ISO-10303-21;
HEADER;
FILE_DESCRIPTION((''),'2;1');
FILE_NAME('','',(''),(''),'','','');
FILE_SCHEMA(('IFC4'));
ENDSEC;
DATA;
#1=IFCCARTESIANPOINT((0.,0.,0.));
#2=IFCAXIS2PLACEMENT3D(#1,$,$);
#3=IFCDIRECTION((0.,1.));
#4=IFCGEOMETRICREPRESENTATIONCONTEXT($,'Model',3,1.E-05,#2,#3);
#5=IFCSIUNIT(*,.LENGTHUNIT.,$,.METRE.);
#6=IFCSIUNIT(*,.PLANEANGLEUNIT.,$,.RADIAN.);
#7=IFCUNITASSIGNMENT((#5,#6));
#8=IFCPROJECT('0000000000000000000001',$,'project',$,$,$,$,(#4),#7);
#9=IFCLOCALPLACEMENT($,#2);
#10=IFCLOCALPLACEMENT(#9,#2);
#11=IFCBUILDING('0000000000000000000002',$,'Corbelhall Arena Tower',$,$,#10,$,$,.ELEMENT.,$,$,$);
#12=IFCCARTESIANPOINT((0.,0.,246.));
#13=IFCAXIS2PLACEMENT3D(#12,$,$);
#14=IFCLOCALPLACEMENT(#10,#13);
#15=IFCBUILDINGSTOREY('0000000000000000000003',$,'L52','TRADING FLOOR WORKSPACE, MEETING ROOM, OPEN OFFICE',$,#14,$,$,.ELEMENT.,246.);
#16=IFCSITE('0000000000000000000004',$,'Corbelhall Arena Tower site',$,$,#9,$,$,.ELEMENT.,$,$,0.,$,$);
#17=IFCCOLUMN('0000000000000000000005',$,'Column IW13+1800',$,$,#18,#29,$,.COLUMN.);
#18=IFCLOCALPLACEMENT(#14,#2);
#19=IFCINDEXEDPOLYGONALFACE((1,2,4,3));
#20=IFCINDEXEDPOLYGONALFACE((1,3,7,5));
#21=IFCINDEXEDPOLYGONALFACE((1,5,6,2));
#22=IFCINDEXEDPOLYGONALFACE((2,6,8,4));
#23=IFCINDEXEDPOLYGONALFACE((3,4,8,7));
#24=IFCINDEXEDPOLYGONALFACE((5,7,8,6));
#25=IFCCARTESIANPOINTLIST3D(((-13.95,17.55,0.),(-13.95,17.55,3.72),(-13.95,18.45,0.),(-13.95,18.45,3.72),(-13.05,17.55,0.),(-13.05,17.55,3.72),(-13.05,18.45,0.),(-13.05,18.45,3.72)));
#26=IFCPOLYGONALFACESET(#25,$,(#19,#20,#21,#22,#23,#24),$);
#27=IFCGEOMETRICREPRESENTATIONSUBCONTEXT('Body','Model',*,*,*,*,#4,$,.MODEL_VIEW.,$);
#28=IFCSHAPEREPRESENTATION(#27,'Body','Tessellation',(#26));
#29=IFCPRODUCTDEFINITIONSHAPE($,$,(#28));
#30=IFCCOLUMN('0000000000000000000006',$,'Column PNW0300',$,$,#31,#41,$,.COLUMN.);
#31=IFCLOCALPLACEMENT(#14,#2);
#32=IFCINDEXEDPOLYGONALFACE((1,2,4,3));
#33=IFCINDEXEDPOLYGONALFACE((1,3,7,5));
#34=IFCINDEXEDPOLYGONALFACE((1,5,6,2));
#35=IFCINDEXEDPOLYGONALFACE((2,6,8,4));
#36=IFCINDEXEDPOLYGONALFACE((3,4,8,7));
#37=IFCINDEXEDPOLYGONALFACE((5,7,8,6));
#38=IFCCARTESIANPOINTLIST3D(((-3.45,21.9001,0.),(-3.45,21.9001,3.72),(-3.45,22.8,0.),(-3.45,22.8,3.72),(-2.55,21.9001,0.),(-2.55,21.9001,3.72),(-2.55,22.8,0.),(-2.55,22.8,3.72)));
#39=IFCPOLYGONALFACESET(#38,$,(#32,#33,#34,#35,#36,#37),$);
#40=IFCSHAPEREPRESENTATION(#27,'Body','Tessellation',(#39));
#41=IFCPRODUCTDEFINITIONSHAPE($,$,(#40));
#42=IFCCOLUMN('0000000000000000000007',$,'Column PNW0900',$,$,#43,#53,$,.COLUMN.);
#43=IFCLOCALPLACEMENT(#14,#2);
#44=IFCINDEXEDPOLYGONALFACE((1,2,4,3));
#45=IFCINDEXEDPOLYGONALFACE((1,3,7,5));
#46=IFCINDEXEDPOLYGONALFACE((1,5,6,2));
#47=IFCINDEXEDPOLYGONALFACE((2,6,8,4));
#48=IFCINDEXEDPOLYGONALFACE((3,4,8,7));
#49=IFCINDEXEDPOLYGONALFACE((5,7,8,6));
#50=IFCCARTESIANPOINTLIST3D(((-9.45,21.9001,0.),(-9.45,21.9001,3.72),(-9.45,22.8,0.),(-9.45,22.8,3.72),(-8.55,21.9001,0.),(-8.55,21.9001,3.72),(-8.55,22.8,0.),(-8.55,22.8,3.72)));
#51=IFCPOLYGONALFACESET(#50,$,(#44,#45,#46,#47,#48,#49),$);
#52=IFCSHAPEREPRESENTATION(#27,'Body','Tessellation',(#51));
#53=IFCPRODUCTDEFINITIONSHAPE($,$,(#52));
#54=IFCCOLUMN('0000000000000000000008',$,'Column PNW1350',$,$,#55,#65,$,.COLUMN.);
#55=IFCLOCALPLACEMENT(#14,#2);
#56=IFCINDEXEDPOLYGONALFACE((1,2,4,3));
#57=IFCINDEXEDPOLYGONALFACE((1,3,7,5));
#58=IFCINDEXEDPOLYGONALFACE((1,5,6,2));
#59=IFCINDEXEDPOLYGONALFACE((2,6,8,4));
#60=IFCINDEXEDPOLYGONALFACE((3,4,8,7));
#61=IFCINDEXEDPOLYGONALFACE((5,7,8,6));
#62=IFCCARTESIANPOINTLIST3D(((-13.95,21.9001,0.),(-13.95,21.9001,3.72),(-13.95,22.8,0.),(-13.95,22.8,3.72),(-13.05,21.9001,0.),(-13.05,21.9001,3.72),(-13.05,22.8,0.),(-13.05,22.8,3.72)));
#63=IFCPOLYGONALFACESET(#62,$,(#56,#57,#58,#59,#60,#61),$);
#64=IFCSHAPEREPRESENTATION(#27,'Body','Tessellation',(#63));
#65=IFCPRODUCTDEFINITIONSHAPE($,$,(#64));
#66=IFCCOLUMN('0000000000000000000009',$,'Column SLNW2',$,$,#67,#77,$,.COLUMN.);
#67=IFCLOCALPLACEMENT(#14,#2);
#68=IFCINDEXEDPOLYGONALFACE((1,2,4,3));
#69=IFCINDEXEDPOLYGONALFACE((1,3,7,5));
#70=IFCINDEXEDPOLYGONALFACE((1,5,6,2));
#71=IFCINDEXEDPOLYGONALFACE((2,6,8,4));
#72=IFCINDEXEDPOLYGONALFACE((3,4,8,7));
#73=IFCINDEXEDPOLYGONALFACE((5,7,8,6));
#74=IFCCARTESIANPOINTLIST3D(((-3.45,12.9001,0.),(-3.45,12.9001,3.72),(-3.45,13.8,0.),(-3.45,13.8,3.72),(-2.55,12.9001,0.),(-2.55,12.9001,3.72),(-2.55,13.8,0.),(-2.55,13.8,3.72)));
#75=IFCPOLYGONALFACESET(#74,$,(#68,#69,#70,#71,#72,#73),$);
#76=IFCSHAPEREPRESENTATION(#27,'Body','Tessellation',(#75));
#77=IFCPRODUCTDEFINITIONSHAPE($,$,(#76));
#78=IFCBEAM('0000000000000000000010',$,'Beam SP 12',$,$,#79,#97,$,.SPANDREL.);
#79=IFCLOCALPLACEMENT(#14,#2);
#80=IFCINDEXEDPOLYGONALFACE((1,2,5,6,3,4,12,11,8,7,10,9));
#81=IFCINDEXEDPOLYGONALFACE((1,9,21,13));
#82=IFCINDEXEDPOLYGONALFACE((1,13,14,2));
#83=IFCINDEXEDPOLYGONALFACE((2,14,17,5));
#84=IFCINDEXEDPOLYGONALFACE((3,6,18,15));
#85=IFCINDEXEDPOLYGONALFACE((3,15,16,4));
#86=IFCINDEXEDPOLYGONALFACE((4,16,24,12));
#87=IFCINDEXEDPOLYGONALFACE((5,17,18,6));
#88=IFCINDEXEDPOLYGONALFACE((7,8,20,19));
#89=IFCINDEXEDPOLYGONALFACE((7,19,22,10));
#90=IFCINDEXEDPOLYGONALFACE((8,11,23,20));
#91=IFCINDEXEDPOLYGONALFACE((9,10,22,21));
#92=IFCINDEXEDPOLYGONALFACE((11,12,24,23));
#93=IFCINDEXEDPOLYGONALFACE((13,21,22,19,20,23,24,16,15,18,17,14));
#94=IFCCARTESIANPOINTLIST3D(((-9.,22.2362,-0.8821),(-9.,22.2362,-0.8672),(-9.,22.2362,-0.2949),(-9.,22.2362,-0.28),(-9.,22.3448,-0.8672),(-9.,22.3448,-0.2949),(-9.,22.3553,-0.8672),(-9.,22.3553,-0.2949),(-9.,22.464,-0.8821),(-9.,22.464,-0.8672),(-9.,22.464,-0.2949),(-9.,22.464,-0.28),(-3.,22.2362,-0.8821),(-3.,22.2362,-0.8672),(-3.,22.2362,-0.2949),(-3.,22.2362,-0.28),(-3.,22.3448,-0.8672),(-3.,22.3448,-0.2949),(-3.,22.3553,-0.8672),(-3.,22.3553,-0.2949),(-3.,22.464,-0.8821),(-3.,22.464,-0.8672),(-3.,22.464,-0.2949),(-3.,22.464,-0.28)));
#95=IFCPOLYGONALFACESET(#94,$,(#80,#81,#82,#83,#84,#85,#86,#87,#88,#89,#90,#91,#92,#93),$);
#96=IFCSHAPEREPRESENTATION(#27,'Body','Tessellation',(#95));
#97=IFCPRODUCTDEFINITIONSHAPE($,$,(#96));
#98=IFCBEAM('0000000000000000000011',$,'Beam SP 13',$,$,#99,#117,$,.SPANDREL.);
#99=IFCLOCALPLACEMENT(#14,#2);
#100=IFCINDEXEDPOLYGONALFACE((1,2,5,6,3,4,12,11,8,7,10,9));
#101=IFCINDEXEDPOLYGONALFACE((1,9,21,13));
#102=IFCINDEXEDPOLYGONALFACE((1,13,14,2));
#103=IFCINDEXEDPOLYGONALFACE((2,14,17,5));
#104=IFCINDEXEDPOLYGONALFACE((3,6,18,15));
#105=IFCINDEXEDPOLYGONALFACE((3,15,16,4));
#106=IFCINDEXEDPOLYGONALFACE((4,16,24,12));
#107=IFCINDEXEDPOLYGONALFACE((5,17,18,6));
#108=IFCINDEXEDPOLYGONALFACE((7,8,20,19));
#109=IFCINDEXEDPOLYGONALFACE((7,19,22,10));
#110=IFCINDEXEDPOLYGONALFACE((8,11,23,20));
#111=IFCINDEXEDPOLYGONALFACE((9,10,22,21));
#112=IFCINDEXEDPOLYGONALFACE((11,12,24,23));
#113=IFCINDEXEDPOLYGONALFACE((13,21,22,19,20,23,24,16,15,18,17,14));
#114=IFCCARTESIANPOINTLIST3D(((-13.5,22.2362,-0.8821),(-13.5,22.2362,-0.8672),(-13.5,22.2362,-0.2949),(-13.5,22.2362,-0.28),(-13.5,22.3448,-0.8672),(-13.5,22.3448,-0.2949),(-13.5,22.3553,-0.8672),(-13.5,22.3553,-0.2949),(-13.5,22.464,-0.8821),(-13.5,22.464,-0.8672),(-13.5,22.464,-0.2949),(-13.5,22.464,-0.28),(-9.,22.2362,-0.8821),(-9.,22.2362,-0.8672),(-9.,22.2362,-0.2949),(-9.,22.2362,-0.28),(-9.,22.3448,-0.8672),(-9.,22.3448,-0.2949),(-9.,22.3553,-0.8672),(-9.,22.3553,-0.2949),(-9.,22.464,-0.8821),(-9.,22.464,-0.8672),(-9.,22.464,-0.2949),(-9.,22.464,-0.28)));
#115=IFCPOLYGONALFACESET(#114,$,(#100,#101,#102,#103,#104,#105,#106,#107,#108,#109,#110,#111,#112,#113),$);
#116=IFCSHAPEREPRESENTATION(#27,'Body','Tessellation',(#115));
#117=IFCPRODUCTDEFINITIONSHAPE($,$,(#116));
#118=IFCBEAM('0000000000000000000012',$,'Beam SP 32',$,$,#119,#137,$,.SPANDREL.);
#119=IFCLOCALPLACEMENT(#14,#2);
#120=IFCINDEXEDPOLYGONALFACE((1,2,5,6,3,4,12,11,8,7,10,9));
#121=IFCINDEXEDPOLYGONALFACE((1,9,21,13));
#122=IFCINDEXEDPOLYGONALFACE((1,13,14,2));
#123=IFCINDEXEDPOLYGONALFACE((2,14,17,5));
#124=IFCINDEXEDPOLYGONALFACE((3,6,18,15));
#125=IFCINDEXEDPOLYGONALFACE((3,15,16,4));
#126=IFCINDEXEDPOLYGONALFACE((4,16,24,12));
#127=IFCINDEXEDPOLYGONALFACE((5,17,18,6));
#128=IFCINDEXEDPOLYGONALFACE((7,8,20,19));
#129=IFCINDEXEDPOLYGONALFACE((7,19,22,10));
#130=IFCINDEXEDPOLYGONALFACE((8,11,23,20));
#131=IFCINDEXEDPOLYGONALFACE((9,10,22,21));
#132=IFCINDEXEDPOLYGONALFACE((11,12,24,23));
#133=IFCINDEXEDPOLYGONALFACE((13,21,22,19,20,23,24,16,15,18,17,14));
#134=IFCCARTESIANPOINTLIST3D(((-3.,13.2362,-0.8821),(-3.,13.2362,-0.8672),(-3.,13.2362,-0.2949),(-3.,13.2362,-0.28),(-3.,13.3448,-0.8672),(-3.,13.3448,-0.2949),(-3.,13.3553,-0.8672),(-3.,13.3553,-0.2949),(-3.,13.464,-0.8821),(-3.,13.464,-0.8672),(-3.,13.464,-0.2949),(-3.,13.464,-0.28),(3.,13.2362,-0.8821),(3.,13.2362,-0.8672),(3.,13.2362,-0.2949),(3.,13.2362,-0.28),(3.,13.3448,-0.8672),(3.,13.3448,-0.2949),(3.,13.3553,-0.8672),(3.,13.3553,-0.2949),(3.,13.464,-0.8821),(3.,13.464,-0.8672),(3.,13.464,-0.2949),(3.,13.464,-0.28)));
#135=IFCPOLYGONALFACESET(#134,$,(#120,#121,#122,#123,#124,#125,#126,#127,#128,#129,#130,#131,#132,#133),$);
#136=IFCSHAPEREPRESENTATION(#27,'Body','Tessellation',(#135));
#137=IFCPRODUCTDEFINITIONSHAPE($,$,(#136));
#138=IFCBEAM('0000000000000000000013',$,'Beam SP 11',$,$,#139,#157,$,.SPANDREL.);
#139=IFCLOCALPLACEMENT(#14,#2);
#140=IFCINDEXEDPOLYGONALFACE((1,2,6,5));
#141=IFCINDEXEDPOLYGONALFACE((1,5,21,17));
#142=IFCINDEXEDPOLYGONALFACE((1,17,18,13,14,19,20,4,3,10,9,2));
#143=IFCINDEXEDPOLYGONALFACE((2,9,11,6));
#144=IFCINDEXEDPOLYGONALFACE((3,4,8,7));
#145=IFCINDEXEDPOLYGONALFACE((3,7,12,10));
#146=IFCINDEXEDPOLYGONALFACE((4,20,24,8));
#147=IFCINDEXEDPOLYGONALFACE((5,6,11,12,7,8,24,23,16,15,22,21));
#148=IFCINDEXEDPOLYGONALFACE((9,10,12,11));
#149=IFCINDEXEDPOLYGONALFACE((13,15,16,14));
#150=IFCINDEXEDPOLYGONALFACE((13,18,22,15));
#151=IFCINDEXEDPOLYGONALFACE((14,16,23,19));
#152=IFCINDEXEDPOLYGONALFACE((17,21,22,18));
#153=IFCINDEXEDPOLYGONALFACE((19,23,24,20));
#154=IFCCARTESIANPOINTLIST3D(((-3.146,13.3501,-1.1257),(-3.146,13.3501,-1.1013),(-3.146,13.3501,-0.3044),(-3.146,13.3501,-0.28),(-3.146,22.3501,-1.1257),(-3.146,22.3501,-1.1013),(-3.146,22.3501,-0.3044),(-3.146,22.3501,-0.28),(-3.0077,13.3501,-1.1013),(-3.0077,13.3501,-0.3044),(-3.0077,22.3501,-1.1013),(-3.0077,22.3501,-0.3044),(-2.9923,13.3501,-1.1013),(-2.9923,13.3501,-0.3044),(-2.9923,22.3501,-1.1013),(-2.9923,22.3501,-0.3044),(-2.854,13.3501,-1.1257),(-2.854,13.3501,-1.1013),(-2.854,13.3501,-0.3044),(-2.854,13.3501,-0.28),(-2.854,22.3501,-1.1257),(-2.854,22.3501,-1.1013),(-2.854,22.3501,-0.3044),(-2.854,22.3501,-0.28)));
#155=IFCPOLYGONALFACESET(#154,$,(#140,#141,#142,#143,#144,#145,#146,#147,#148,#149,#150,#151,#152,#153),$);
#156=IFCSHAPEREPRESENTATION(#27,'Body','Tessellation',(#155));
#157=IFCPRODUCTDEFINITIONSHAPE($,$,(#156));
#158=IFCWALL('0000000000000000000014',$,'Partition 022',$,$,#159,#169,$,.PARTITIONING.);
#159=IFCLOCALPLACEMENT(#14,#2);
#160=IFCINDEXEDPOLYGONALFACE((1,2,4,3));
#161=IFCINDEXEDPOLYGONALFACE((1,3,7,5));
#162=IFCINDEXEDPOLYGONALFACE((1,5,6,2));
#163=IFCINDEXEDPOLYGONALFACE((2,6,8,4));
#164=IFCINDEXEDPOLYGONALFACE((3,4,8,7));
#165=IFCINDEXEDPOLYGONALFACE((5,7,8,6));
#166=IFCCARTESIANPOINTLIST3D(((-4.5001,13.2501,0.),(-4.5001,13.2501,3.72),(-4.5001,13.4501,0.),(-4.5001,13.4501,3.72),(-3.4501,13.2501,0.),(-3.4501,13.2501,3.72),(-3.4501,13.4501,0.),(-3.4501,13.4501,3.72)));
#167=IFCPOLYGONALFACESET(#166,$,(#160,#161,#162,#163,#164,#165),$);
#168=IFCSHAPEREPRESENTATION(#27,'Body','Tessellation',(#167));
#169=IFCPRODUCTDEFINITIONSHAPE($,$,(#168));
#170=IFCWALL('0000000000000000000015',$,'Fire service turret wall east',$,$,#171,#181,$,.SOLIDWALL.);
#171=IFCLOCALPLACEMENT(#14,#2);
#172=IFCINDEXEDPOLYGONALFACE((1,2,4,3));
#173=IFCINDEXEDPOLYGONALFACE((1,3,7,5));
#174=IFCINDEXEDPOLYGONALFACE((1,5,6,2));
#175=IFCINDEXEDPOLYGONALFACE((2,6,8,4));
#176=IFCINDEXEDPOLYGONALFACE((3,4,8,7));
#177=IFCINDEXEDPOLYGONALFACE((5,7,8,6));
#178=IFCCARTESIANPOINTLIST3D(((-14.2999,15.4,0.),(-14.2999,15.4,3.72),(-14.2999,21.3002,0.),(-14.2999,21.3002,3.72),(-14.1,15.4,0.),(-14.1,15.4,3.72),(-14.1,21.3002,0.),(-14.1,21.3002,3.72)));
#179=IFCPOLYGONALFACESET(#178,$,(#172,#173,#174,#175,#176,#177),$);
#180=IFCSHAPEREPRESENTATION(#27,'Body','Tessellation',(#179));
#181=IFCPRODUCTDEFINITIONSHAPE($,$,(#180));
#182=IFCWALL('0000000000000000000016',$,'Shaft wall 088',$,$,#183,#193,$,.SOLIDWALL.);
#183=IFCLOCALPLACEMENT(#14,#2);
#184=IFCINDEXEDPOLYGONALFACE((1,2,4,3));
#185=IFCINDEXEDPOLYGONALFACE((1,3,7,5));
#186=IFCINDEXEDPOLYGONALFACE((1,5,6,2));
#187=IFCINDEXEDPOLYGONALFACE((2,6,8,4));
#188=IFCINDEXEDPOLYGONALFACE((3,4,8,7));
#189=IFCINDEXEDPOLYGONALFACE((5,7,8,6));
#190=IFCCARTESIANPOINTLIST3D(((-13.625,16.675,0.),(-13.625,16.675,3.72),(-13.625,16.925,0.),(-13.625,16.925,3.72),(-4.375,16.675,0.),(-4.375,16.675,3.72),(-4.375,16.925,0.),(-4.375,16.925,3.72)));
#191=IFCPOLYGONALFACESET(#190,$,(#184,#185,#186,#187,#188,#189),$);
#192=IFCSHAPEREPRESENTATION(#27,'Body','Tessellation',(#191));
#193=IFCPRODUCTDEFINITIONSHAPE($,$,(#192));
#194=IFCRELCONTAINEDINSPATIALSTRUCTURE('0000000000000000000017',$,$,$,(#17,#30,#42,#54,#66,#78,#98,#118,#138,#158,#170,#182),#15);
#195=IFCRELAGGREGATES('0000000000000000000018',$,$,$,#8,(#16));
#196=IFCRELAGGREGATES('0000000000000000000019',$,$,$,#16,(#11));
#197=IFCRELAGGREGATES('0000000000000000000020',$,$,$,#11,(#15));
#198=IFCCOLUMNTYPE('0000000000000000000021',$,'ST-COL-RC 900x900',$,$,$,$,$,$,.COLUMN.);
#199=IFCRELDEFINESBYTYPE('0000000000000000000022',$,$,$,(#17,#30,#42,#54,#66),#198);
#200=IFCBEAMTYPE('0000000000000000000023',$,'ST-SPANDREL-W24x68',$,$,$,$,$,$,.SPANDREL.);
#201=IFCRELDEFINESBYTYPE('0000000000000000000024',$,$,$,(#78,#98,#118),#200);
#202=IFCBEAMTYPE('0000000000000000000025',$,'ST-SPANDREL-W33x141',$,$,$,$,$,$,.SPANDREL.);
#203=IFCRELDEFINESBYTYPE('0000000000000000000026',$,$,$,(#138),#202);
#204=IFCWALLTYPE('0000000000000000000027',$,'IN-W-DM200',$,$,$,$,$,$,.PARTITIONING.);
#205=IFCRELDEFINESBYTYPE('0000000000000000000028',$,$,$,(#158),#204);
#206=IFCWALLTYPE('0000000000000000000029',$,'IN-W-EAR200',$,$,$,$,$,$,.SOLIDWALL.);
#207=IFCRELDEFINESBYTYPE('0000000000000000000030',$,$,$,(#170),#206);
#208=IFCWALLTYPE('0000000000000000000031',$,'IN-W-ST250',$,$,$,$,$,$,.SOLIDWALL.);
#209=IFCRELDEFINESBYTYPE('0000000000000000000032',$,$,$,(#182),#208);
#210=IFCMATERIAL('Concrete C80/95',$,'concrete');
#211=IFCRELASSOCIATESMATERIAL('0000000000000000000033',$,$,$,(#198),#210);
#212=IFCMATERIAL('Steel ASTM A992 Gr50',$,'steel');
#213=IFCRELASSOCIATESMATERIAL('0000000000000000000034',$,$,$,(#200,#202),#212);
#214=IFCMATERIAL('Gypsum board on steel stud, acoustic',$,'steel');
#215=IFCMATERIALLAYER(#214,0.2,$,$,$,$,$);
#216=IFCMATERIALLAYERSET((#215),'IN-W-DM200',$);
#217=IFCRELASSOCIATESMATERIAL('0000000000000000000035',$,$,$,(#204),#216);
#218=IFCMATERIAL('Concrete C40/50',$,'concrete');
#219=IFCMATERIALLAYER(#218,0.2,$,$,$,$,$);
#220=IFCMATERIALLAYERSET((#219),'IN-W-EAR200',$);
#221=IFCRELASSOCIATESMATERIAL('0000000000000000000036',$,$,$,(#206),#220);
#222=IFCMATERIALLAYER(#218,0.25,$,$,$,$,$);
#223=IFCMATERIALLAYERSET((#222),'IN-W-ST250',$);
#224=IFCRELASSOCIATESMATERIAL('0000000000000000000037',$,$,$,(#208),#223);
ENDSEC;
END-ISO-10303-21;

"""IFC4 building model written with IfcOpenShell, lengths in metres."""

from ifc_helpers import new_model, si_unit, direction, frame, frame_2d, origin, origin_2d, place, context, subcontext, project, spatial, rectangle, i_section, extrude, material, layer, layer_set, material_profile, profile_set, type_object, element, save


model = new_model("IFC4")

# Units and contexts
model_context = context("Model", 3, precision=1e-05, world=origin(), true_north=direction((0.0, 1.0)))
body_context = subcontext(model_context, "Body", "Model", "MODEL_VIEW")
ifc_project = project(units=[si_unit("LENGTHUNIT", "METRE"), si_unit("PLANEANGLEUNIT", "RADIAN")], contexts=[model_context])

# Site, building, storey
site_placement = place(None, origin())
site = spatial("IfcSite", under=ifc_project, at=site_placement, Name="Corbelhall Arena Tower site", CompositionType="ELEMENT", RefElevation=0.0)
building_placement = place(site_placement, origin())
building = spatial("IfcBuilding", under=site, at=building_placement, Name="Corbelhall Arena Tower", CompositionType="ELEMENT")
storey_placement = place(building_placement, frame((0.0, 0.0, 246.0)))
storey = spatial("IfcBuildingStorey", under=building, at=storey_placement, Name="L52", Description="TRADING FLOOR WORKSPACE, MEETING ROOM, OPEN OFFICE", CompositionType="ELEMENT", Elevation=246.0)

# Columns
ifc_material_1 = material(Name="Concrete C80/95", Category="concrete")
ifc_material_profile_1 = material_profile(ifc_material_1, rectangle(XDim=0.8999, YDim=0.8999, at=origin_2d()))
ifc_profile_set_1 = profile_set([ifc_material_profile_1], Name="Concrete C80/95")
column_type = type_object("IfcColumnType", Name="ST-COL-RC 900x900", PredefinedType="COLUMN", material=ifc_profile_set_1)
for number, where, z_axis, x_axis, name in (
    (1, (-13.5, 18.0, 0.0), (0.0, 0.0, 1.0), (1.0, 0.0, 0.0), "Column IW13+1800"),
    (2, (-3.0, 22.3501, 0.0), (0.0, 0.0, 1.0), (1.0, 0.0, 0.0), "Column PNW0300"),
    (3, (-9.0, 22.3501, 0.0), (0.0, 0.0, 1.0), (1.0, 0.0, 0.0), "Column PNW0900"),
    (4, (-13.5, 22.3501, 0.0), (0.0, 0.0, 1.0), (1.0, 0.0, 0.0), "Column PNW1350"),
    (5, (-3.0, 13.3501, 0.0), (0.0, 0.0, 1.0), (1.0, 0.0, 0.0), "Column SLNW2"),
):
    element("IfcColumn", number, at=place(storey_placement, frame(where, z_axis=z_axis, x_axis=x_axis)), inside=storey, type_object=column_type, Name=name, PredefinedType="COLUMN", context=body_context, shape_type="SweptSolid", body=[
        extrude(rectangle(XDim=0.8999, YDim=0.8999, at=origin_2d()), origin(), (0.0, 0.0, 1.0), 3.72),
    ])

# Beams
ifc_material_2 = material(Name="Steel ASTM A992 Gr50", Category="steel")
ifc_material_profile_2 = material_profile(ifc_material_2, i_section(OverallWidth=0.2278, OverallDepth=0.6021, WebThickness=0.0105, FlangeThickness=0.0149, at=origin_2d()))
ifc_profile_set_2 = profile_set([ifc_material_profile_2], Name="Steel ASTM A992 Gr50")
beam_type_1 = type_object("IfcBeamType", Name="ST-SPANDREL-W24x68", PredefinedType="SPANDREL", material=ifc_profile_set_2)
beam_1_placement = place(storey_placement, frame((-9.0, 22.3501, -0.5811), z_axis=(1.0, 0.0, 0.0), x_axis=(0.0, 1.0, 0.0)))
element("IfcBeam", 6, at=beam_1_placement, inside=storey, type_object=beam_type_1, Name="Beam SP 12", PredefinedType="SPANDREL", context=body_context, shape_type="SweptSolid", body=[
    extrude(i_section(OverallWidth=0.2278, OverallDepth=0.6021, WebThickness=0.0105, FlangeThickness=0.0149, at=origin_2d()), origin(), (0.0, 0.0, 1.0), 6.0),
])
beam_2_placement = place(storey_placement, frame((-13.5, 22.3501, -0.5811), z_axis=(1.0, 0.0, 0.0), x_axis=(0.0, 1.0, 0.0)))
element("IfcBeam", 7, at=beam_2_placement, inside=storey, type_object=beam_type_1, Name="Beam SP 13", PredefinedType="SPANDREL", context=body_context, shape_type="SweptSolid", body=[
    extrude(i_section(OverallWidth=0.2278, OverallDepth=0.6021, WebThickness=0.0105, FlangeThickness=0.0149, at=origin_2d()), origin(), (0.0, 0.0, 1.0), 4.5),
])
beam_3_placement = place(storey_placement, frame((-3.0, 13.3501, -0.5811), z_axis=(1.0, 0.0, 0.0), x_axis=(0.0, 1.0, 0.0)))
element("IfcBeam", 8, at=beam_3_placement, inside=storey, type_object=beam_type_1, Name="Beam SP 32", PredefinedType="SPANDREL", context=body_context, shape_type="SweptSolid", body=[
    extrude(i_section(OverallWidth=0.2278, OverallDepth=0.6021, WebThickness=0.0105, FlangeThickness=0.0149, at=origin_2d()), origin(), (0.0, 0.0, 1.0), 6.0),
])
ifc_material_profile_3 = material_profile(ifc_material_2, i_section(OverallWidth=0.292, OverallDepth=0.8457, WebThickness=0.0154, FlangeThickness=0.0244, at=origin_2d()))
ifc_profile_set_3 = profile_set([ifc_material_profile_3], Name="Steel ASTM A992 Gr50")
beam_type_2 = type_object("IfcBeamType", Name="ST-SPANDREL-W33x141", PredefinedType="SPANDREL", material=ifc_profile_set_3)
beam_4_placement = place(storey_placement, frame((-3.0, 22.3501, -0.7029), z_axis=(0.0, -1.0, 0.0), x_axis=(1.0, 0.0, 0.0)))
element("IfcBeam", 9, at=beam_4_placement, inside=storey, type_object=beam_type_2, Name="Beam SP 11", PredefinedType="SPANDREL", context=body_context, shape_type="SweptSolid", body=[
    extrude(i_section(OverallWidth=0.292, OverallDepth=0.8457, WebThickness=0.0154, FlangeThickness=0.0244, at=origin_2d()), origin(), (0.0, 0.0, 1.0), 9.0),
])

# Walls
ifc_material_3 = material(Name="Gypsum board on steel stud, acoustic", Category="steel")
ifc_layer_1 = layer(ifc_material_3, 0.2)
ifc_layer_set_1 = layer_set([ifc_layer_1], Name="IN-W-DM200")
wall_type_1 = type_object("IfcWallType", Name="IN-W-DM200", PredefinedType="PARTITIONING", material=ifc_layer_set_1)
wall_1_placement = place(storey_placement, frame((-4.5, 13.3501, 0.0), z_axis=(0.0, 0.0, 1.0), x_axis=(1.0, 0.0, 0.0)))
element("IfcWall", 10, at=wall_1_placement, inside=storey, type_object=wall_type_1, Name="Partition 022", PredefinedType="PARTITIONING", context=body_context, shape_type="SweptSolid", body=[
    extrude(rectangle(XDim=1.05, YDim=0.2, at=frame_2d((0.5249, 0.0))), origin(), (0.0, 0.0, 1.0), 3.72),
])
ifc_material_4 = material(Name="Concrete C40/50", Category="concrete")
ifc_layer_2 = layer(ifc_material_4, 0.2)
ifc_layer_set_2 = layer_set([ifc_layer_2], Name="IN-W-EAR200")
wall_type_2 = type_object("IfcWallType", Name="IN-W-EAR200", PredefinedType="SOLIDWALL", material=ifc_layer_set_2)
wall_2_placement = place(storey_placement, frame((-14.2, 15.3999, 0.0), z_axis=(0.0, 0.0, 1.0), x_axis=(0.0, 1.0, 0.0)))
element("IfcWall", 11, at=wall_2_placement, inside=storey, type_object=wall_type_2, Name="Fire service turret wall east", PredefinedType="SOLIDWALL", context=body_context, shape_type="SweptSolid", body=[
    extrude(rectangle(XDim=5.9001, YDim=0.2, at=frame_2d((2.9502, 0.0))), origin(), (0.0, 0.0, 1.0), 3.72),
])
ifc_layer_3 = layer(ifc_material_4, 0.25)
ifc_layer_set_3 = layer_set([ifc_layer_3], Name="IN-W-ST250")
wall_type_3 = type_object("IfcWallType", Name="IN-W-ST250", PredefinedType="SOLIDWALL", material=ifc_layer_set_3)
wall_3_placement = place(storey_placement, frame((-13.625, 16.8, 0.0), z_axis=(0.0, 0.0, 1.0), x_axis=(1.0, 0.0, 0.0)))
element("IfcWall", 12, at=wall_3_placement, inside=storey, type_object=wall_type_3, Name="Shaft wall 088", PredefinedType="SOLIDWALL", context=body_context, shape_type="SweptSolid", body=[
    extrude(rectangle(XDim=9.25, YDim=0.25, at=frame_2d((4.625, 0.0))), origin(), (0.0, 0.0, 1.0), 3.72),
])

save(model, "model.ifc")
